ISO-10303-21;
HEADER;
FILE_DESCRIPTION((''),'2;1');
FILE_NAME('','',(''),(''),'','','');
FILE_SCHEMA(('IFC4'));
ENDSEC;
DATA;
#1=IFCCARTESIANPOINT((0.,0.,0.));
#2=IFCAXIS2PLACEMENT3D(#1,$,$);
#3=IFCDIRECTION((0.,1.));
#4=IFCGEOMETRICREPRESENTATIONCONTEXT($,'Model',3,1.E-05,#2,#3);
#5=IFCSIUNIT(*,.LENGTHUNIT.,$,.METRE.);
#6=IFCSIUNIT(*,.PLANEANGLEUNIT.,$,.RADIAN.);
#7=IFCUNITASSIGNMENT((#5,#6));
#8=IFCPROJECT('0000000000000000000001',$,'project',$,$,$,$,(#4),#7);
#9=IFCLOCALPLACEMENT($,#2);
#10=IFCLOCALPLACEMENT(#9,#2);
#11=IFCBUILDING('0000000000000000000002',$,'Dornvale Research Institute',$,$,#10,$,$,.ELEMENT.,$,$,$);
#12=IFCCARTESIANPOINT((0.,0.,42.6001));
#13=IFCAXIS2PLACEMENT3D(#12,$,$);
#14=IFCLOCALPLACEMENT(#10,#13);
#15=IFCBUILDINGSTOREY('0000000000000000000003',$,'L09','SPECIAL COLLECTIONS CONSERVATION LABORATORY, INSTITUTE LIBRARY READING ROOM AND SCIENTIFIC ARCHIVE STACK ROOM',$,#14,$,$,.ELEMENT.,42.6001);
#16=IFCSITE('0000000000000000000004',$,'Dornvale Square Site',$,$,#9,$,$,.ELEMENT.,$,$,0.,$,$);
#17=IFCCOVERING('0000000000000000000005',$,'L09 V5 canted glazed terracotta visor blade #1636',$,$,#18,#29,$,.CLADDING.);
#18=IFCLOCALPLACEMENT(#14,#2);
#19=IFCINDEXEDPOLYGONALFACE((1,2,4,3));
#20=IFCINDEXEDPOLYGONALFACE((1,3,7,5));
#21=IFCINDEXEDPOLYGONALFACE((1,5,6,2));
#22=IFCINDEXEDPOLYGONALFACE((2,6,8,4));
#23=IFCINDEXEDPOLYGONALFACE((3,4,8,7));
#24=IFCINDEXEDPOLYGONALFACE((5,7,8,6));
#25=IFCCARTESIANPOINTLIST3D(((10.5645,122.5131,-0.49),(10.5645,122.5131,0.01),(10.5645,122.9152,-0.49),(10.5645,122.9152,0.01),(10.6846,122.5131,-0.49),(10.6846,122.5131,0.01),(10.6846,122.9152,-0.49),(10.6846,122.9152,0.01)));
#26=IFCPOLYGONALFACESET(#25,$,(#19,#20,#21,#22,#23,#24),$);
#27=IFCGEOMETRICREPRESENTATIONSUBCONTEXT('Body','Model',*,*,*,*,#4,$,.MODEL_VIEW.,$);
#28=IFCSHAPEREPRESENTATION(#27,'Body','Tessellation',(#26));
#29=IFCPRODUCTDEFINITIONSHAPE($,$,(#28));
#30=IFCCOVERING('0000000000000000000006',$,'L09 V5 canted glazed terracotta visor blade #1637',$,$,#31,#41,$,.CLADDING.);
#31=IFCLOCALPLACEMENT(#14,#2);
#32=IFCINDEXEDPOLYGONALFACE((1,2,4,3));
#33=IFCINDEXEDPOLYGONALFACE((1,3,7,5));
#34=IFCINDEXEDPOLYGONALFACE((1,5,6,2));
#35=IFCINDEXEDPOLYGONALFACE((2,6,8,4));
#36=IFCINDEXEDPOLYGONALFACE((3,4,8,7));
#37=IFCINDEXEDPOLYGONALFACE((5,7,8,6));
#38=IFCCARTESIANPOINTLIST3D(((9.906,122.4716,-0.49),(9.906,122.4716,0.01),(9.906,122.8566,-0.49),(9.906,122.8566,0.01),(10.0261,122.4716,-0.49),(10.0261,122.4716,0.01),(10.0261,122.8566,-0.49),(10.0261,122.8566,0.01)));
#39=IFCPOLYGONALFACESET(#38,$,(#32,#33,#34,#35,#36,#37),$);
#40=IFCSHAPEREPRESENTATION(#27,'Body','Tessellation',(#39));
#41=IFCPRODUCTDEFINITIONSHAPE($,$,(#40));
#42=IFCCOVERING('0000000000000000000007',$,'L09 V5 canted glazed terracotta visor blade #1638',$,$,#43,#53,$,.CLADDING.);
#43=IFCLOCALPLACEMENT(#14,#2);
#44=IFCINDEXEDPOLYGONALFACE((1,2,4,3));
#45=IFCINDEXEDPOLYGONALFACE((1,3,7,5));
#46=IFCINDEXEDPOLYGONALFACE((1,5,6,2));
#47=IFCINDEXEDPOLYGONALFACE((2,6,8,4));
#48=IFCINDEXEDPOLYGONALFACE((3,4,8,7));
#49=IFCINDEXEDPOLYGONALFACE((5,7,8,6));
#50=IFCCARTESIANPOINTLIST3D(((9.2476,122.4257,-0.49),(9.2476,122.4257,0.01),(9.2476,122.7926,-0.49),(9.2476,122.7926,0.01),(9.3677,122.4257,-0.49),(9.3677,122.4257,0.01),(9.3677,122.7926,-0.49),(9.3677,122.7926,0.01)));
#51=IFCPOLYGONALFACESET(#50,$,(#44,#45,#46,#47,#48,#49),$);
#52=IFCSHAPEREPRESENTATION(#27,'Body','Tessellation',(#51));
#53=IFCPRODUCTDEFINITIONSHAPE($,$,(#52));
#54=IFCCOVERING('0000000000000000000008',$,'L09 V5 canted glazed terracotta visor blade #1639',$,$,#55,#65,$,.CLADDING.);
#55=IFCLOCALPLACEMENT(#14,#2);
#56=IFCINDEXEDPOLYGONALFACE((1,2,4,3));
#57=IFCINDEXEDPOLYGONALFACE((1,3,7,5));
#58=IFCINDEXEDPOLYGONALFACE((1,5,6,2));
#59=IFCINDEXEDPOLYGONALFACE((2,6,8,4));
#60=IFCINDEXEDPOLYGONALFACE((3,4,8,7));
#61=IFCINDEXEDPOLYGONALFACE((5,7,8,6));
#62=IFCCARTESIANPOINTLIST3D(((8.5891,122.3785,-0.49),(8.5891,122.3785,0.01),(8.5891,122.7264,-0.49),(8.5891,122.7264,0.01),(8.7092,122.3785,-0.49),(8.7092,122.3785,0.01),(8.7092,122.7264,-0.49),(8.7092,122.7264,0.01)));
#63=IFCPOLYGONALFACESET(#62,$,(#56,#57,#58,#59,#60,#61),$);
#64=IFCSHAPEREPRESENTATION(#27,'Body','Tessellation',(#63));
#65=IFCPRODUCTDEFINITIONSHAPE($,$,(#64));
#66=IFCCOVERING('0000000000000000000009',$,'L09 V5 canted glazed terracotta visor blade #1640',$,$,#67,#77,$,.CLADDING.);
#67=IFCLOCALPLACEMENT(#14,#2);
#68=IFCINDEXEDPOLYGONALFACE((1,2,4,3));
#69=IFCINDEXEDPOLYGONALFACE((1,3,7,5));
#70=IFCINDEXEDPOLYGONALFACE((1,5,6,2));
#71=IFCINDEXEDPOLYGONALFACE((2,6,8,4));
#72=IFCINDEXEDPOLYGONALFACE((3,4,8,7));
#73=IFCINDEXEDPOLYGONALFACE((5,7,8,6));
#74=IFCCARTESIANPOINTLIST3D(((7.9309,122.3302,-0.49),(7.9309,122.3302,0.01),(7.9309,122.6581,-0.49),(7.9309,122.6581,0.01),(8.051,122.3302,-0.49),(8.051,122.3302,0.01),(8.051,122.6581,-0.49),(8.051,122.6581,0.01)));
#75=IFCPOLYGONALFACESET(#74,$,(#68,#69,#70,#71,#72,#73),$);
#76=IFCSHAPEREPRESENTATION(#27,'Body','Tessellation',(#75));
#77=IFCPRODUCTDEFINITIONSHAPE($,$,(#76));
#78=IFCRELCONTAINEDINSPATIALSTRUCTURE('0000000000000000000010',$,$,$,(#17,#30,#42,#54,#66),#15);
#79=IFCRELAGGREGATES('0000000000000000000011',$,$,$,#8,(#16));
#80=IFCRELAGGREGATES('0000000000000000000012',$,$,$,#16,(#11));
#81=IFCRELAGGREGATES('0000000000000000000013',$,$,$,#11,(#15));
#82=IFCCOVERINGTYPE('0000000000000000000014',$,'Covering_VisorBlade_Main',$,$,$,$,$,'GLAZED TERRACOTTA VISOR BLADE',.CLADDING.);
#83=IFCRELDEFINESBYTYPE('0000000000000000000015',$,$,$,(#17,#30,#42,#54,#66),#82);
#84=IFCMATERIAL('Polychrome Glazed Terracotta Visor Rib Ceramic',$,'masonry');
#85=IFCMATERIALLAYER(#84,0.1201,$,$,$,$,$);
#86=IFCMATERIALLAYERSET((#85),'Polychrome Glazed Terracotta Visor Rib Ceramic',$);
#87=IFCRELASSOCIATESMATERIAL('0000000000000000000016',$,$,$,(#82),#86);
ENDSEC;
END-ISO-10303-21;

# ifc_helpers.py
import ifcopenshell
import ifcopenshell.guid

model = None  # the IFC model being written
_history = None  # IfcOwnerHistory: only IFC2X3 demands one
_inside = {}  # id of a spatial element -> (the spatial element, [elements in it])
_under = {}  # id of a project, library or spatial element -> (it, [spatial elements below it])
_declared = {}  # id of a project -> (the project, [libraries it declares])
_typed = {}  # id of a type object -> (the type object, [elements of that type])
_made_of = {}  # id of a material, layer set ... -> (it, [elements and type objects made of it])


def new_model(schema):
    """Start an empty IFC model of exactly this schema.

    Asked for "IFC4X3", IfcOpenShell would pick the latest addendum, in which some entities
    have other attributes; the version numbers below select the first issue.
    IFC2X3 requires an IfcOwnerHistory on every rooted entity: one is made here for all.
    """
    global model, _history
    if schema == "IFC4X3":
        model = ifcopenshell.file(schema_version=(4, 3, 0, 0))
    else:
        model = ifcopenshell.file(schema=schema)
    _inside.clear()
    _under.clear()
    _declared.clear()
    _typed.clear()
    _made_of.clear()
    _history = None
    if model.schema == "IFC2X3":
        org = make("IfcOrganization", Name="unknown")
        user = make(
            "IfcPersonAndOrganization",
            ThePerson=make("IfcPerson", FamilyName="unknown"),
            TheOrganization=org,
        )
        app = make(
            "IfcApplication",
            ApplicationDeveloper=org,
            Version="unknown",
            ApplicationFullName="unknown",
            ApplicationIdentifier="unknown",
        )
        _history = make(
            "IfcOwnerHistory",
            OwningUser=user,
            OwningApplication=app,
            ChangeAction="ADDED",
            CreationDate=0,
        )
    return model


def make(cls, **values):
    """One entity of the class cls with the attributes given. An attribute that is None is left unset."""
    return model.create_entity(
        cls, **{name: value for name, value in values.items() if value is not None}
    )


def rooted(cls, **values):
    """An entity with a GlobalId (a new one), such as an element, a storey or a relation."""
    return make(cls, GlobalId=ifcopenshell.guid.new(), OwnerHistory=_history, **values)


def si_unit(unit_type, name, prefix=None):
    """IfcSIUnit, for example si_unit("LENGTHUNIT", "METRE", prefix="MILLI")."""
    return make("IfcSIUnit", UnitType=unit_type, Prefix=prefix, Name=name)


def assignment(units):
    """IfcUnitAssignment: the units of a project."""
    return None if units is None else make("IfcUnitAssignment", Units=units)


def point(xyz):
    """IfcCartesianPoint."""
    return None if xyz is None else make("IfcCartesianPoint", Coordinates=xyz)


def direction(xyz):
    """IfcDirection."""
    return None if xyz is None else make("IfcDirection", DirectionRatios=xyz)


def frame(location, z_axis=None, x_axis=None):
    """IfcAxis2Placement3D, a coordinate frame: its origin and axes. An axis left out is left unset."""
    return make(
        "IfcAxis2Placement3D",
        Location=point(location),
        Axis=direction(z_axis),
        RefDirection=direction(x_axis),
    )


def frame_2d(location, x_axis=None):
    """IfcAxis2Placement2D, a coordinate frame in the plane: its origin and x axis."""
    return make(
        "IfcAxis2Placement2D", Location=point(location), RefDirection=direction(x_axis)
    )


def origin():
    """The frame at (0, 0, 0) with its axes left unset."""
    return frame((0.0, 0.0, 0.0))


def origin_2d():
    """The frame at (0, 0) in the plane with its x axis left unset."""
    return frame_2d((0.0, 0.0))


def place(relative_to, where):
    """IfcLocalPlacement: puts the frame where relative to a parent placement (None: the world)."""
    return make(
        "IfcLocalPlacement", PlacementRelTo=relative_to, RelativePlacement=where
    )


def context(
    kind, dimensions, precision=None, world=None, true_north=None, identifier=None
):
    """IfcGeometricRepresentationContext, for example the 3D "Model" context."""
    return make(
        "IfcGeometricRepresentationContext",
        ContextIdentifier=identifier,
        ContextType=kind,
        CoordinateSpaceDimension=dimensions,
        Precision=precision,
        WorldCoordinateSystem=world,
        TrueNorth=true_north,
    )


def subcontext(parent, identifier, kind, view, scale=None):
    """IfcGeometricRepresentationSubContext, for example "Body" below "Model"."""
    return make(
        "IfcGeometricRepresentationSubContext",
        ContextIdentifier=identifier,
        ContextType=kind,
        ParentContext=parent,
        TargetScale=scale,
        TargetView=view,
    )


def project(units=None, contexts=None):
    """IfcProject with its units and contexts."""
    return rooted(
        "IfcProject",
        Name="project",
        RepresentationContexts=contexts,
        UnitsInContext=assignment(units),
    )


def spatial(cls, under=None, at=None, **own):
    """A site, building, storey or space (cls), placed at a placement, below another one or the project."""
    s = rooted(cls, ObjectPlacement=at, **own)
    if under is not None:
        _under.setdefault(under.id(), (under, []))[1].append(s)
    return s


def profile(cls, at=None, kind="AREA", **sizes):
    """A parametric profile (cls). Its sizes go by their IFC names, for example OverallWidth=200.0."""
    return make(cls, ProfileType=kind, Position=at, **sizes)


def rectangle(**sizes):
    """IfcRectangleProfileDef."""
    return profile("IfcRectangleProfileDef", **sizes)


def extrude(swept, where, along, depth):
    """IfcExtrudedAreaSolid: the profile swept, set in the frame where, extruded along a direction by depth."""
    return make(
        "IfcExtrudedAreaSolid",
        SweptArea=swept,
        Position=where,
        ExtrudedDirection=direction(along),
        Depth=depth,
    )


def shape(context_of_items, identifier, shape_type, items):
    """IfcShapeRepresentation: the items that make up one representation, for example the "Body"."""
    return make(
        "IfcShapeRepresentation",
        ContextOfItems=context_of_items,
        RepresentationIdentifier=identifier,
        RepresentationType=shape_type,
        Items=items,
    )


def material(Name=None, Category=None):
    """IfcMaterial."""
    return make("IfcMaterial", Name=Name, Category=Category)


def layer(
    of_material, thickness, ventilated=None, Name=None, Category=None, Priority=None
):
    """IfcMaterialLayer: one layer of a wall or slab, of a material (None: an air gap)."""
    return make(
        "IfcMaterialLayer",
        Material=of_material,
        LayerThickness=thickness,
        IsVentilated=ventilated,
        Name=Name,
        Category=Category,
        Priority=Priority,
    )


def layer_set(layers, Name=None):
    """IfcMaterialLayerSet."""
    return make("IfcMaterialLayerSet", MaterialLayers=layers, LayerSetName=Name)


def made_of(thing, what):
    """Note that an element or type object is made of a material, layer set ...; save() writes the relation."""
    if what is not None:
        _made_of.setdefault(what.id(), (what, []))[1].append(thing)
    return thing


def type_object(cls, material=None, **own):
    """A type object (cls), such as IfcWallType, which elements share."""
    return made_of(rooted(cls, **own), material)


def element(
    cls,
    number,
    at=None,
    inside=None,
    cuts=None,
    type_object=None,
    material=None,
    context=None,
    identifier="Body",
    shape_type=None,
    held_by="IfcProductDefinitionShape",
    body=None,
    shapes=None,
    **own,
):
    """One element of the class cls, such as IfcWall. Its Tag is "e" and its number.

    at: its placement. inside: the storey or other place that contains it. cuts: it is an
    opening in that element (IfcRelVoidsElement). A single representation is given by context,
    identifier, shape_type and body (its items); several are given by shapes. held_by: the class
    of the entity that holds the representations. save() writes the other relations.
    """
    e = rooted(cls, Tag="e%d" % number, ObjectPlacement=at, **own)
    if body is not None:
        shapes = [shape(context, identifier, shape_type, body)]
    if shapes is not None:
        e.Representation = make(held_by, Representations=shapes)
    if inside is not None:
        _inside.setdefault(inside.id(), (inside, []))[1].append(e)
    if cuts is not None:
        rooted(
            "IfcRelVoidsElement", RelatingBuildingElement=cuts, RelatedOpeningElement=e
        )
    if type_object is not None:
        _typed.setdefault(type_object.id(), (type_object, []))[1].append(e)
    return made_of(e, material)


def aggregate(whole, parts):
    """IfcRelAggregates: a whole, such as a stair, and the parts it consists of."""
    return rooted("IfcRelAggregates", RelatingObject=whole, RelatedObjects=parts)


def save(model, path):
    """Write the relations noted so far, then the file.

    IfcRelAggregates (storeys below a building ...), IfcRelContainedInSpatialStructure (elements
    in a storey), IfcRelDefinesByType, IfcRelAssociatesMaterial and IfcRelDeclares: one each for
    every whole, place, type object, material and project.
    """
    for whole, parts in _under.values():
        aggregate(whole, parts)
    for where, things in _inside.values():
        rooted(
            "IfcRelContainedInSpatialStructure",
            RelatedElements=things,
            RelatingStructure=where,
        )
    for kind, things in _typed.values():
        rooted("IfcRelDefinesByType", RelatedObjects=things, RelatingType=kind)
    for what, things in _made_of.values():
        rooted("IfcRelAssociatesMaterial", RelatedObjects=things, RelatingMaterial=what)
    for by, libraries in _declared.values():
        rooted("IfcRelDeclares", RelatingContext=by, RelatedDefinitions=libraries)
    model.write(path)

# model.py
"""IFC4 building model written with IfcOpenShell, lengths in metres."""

from ifc_helpers import new_model, si_unit, direction, frame, origin, origin_2d, place, context, subcontext, project, spatial, rectangle, extrude, material, layer, layer_set, type_object, element, save


model = new_model("IFC4")

# Units and contexts
model_context = context("Model", 3, precision=1e-05, world=origin(), true_north=direction((0.0, 1.0)))
body_context = subcontext(model_context, "Body", "Model", "MODEL_VIEW")
ifc_project = project(units=[si_unit("LENGTHUNIT", "METRE"), si_unit("PLANEANGLEUNIT", "RADIAN")], contexts=[model_context])

# Site, building, storey
site_placement = place(None, origin())
site = spatial("IfcSite", under=ifc_project, at=site_placement, Name="Dornvale Square Site", CompositionType="ELEMENT", RefElevation=0.0)
building_placement = place(site_placement, origin())
building = spatial("IfcBuilding", under=site, at=building_placement, Name="Dornvale Research Institute", CompositionType="ELEMENT")
storey_placement = place(building_placement, frame((0.0, 0.0, 42.6001)))
storey = spatial("IfcBuildingStorey", under=building, at=storey_placement, Name="L09", Description="SPECIAL COLLECTIONS CONSERVATION LABORATORY, INSTITUTE LIBRARY READING ROOM AND SCIENTIFIC ARCHIVE STACK ROOM", CompositionType="ELEMENT", Elevation=42.6001)

# Coverings
ifc_material_1 = material(Name="Polychrome Glazed Terracotta Visor Rib Ceramic", Category="masonry")
ifc_layer = layer(ifc_material_1, 0.1201)
ifc_layer_set = layer_set([ifc_layer], Name="Polychrome Glazed Terracotta Visor Rib Ceramic")
covering_type = type_object("IfcCoveringType", Name="Covering_VisorBlade_Main", ElementType="GLAZED TERRACOTTA VISOR BLADE", PredefinedType="CLADDING", material=ifc_layer_set)
covering_1_placement = place(storey_placement, frame((10.6245, 122.7141, -0.49), z_axis=(0.0, 0.0, 1.0), x_axis=(0.0, 1.0, 0.0)))
element("IfcCovering", 1, at=covering_1_placement, inside=storey, type_object=covering_type, Name="L09 V5 canted glazed terracotta visor blade #1636", PredefinedType="CLADDING", context=body_context, shape_type="SweptSolid", body=[
    extrude(rectangle(XDim=0.4021, YDim=0.1201, at=origin_2d()), origin(), (0.0, 0.0, 1.0), 0.5),
])
covering_2_placement = place(storey_placement, frame((9.9661, 122.6641, -0.49), z_axis=(0.0, 0.0, 1.0), x_axis=(0.0, 1.0, 0.0)))
element("IfcCovering", 2, at=covering_2_placement, inside=storey, type_object=covering_type, Name="L09 V5 canted glazed terracotta visor blade #1637", PredefinedType="CLADDING", context=body_context, shape_type="SweptSolid", body=[
    extrude(rectangle(XDim=0.385, YDim=0.1201, at=origin_2d()), origin(), (0.0, 0.0, 1.0), 0.5),
])
covering_3_placement = place(storey_placement, frame((9.3076, 122.6091, -0.49), z_axis=(0.0, 0.0, 1.0), x_axis=(0.0, 1.0, 0.0)))
element("IfcCovering", 3, at=covering_3_placement, inside=storey, type_object=covering_type, Name="L09 V5 canted glazed terracotta visor blade #1638", PredefinedType="CLADDING", context=body_context, shape_type="SweptSolid", body=[
    extrude(rectangle(XDim=0.3669, YDim=0.1201, at=origin_2d()), origin(), (0.0, 0.0, 1.0), 0.5),
])
covering_4_placement = place(storey_placement, frame((8.6492, 122.5525, -0.49), z_axis=(0.0, 0.0, 1.0), x_axis=(0.0, 1.0, 0.0)))
element("IfcCovering", 4, at=covering_4_placement, inside=storey, type_object=covering_type, Name="L09 V5 canted glazed terracotta visor blade #1639", PredefinedType="CLADDING", context=body_context, shape_type="SweptSolid", body=[
    extrude(rectangle(XDim=0.3479, YDim=0.1201, at=origin_2d()), origin(), (0.0, 0.0, 1.0), 0.5),
])
covering_5_placement = place(storey_placement, frame((7.991, 122.4941, -0.49), z_axis=(0.0, 0.0, 1.0), x_axis=(0.0, 1.0, 0.0)))
element("IfcCovering", 5, at=covering_5_placement, inside=storey, type_object=covering_type, Name="L09 V5 canted glazed terracotta visor blade #1640", PredefinedType="CLADDING", context=body_context, shape_type="SweptSolid", body=[
    extrude(rectangle(XDim=0.3279, YDim=0.1201, at=origin_2d()), origin(), (0.0, 0.0, 1.0), 0.5),
])

save(model, "model.ifc")
